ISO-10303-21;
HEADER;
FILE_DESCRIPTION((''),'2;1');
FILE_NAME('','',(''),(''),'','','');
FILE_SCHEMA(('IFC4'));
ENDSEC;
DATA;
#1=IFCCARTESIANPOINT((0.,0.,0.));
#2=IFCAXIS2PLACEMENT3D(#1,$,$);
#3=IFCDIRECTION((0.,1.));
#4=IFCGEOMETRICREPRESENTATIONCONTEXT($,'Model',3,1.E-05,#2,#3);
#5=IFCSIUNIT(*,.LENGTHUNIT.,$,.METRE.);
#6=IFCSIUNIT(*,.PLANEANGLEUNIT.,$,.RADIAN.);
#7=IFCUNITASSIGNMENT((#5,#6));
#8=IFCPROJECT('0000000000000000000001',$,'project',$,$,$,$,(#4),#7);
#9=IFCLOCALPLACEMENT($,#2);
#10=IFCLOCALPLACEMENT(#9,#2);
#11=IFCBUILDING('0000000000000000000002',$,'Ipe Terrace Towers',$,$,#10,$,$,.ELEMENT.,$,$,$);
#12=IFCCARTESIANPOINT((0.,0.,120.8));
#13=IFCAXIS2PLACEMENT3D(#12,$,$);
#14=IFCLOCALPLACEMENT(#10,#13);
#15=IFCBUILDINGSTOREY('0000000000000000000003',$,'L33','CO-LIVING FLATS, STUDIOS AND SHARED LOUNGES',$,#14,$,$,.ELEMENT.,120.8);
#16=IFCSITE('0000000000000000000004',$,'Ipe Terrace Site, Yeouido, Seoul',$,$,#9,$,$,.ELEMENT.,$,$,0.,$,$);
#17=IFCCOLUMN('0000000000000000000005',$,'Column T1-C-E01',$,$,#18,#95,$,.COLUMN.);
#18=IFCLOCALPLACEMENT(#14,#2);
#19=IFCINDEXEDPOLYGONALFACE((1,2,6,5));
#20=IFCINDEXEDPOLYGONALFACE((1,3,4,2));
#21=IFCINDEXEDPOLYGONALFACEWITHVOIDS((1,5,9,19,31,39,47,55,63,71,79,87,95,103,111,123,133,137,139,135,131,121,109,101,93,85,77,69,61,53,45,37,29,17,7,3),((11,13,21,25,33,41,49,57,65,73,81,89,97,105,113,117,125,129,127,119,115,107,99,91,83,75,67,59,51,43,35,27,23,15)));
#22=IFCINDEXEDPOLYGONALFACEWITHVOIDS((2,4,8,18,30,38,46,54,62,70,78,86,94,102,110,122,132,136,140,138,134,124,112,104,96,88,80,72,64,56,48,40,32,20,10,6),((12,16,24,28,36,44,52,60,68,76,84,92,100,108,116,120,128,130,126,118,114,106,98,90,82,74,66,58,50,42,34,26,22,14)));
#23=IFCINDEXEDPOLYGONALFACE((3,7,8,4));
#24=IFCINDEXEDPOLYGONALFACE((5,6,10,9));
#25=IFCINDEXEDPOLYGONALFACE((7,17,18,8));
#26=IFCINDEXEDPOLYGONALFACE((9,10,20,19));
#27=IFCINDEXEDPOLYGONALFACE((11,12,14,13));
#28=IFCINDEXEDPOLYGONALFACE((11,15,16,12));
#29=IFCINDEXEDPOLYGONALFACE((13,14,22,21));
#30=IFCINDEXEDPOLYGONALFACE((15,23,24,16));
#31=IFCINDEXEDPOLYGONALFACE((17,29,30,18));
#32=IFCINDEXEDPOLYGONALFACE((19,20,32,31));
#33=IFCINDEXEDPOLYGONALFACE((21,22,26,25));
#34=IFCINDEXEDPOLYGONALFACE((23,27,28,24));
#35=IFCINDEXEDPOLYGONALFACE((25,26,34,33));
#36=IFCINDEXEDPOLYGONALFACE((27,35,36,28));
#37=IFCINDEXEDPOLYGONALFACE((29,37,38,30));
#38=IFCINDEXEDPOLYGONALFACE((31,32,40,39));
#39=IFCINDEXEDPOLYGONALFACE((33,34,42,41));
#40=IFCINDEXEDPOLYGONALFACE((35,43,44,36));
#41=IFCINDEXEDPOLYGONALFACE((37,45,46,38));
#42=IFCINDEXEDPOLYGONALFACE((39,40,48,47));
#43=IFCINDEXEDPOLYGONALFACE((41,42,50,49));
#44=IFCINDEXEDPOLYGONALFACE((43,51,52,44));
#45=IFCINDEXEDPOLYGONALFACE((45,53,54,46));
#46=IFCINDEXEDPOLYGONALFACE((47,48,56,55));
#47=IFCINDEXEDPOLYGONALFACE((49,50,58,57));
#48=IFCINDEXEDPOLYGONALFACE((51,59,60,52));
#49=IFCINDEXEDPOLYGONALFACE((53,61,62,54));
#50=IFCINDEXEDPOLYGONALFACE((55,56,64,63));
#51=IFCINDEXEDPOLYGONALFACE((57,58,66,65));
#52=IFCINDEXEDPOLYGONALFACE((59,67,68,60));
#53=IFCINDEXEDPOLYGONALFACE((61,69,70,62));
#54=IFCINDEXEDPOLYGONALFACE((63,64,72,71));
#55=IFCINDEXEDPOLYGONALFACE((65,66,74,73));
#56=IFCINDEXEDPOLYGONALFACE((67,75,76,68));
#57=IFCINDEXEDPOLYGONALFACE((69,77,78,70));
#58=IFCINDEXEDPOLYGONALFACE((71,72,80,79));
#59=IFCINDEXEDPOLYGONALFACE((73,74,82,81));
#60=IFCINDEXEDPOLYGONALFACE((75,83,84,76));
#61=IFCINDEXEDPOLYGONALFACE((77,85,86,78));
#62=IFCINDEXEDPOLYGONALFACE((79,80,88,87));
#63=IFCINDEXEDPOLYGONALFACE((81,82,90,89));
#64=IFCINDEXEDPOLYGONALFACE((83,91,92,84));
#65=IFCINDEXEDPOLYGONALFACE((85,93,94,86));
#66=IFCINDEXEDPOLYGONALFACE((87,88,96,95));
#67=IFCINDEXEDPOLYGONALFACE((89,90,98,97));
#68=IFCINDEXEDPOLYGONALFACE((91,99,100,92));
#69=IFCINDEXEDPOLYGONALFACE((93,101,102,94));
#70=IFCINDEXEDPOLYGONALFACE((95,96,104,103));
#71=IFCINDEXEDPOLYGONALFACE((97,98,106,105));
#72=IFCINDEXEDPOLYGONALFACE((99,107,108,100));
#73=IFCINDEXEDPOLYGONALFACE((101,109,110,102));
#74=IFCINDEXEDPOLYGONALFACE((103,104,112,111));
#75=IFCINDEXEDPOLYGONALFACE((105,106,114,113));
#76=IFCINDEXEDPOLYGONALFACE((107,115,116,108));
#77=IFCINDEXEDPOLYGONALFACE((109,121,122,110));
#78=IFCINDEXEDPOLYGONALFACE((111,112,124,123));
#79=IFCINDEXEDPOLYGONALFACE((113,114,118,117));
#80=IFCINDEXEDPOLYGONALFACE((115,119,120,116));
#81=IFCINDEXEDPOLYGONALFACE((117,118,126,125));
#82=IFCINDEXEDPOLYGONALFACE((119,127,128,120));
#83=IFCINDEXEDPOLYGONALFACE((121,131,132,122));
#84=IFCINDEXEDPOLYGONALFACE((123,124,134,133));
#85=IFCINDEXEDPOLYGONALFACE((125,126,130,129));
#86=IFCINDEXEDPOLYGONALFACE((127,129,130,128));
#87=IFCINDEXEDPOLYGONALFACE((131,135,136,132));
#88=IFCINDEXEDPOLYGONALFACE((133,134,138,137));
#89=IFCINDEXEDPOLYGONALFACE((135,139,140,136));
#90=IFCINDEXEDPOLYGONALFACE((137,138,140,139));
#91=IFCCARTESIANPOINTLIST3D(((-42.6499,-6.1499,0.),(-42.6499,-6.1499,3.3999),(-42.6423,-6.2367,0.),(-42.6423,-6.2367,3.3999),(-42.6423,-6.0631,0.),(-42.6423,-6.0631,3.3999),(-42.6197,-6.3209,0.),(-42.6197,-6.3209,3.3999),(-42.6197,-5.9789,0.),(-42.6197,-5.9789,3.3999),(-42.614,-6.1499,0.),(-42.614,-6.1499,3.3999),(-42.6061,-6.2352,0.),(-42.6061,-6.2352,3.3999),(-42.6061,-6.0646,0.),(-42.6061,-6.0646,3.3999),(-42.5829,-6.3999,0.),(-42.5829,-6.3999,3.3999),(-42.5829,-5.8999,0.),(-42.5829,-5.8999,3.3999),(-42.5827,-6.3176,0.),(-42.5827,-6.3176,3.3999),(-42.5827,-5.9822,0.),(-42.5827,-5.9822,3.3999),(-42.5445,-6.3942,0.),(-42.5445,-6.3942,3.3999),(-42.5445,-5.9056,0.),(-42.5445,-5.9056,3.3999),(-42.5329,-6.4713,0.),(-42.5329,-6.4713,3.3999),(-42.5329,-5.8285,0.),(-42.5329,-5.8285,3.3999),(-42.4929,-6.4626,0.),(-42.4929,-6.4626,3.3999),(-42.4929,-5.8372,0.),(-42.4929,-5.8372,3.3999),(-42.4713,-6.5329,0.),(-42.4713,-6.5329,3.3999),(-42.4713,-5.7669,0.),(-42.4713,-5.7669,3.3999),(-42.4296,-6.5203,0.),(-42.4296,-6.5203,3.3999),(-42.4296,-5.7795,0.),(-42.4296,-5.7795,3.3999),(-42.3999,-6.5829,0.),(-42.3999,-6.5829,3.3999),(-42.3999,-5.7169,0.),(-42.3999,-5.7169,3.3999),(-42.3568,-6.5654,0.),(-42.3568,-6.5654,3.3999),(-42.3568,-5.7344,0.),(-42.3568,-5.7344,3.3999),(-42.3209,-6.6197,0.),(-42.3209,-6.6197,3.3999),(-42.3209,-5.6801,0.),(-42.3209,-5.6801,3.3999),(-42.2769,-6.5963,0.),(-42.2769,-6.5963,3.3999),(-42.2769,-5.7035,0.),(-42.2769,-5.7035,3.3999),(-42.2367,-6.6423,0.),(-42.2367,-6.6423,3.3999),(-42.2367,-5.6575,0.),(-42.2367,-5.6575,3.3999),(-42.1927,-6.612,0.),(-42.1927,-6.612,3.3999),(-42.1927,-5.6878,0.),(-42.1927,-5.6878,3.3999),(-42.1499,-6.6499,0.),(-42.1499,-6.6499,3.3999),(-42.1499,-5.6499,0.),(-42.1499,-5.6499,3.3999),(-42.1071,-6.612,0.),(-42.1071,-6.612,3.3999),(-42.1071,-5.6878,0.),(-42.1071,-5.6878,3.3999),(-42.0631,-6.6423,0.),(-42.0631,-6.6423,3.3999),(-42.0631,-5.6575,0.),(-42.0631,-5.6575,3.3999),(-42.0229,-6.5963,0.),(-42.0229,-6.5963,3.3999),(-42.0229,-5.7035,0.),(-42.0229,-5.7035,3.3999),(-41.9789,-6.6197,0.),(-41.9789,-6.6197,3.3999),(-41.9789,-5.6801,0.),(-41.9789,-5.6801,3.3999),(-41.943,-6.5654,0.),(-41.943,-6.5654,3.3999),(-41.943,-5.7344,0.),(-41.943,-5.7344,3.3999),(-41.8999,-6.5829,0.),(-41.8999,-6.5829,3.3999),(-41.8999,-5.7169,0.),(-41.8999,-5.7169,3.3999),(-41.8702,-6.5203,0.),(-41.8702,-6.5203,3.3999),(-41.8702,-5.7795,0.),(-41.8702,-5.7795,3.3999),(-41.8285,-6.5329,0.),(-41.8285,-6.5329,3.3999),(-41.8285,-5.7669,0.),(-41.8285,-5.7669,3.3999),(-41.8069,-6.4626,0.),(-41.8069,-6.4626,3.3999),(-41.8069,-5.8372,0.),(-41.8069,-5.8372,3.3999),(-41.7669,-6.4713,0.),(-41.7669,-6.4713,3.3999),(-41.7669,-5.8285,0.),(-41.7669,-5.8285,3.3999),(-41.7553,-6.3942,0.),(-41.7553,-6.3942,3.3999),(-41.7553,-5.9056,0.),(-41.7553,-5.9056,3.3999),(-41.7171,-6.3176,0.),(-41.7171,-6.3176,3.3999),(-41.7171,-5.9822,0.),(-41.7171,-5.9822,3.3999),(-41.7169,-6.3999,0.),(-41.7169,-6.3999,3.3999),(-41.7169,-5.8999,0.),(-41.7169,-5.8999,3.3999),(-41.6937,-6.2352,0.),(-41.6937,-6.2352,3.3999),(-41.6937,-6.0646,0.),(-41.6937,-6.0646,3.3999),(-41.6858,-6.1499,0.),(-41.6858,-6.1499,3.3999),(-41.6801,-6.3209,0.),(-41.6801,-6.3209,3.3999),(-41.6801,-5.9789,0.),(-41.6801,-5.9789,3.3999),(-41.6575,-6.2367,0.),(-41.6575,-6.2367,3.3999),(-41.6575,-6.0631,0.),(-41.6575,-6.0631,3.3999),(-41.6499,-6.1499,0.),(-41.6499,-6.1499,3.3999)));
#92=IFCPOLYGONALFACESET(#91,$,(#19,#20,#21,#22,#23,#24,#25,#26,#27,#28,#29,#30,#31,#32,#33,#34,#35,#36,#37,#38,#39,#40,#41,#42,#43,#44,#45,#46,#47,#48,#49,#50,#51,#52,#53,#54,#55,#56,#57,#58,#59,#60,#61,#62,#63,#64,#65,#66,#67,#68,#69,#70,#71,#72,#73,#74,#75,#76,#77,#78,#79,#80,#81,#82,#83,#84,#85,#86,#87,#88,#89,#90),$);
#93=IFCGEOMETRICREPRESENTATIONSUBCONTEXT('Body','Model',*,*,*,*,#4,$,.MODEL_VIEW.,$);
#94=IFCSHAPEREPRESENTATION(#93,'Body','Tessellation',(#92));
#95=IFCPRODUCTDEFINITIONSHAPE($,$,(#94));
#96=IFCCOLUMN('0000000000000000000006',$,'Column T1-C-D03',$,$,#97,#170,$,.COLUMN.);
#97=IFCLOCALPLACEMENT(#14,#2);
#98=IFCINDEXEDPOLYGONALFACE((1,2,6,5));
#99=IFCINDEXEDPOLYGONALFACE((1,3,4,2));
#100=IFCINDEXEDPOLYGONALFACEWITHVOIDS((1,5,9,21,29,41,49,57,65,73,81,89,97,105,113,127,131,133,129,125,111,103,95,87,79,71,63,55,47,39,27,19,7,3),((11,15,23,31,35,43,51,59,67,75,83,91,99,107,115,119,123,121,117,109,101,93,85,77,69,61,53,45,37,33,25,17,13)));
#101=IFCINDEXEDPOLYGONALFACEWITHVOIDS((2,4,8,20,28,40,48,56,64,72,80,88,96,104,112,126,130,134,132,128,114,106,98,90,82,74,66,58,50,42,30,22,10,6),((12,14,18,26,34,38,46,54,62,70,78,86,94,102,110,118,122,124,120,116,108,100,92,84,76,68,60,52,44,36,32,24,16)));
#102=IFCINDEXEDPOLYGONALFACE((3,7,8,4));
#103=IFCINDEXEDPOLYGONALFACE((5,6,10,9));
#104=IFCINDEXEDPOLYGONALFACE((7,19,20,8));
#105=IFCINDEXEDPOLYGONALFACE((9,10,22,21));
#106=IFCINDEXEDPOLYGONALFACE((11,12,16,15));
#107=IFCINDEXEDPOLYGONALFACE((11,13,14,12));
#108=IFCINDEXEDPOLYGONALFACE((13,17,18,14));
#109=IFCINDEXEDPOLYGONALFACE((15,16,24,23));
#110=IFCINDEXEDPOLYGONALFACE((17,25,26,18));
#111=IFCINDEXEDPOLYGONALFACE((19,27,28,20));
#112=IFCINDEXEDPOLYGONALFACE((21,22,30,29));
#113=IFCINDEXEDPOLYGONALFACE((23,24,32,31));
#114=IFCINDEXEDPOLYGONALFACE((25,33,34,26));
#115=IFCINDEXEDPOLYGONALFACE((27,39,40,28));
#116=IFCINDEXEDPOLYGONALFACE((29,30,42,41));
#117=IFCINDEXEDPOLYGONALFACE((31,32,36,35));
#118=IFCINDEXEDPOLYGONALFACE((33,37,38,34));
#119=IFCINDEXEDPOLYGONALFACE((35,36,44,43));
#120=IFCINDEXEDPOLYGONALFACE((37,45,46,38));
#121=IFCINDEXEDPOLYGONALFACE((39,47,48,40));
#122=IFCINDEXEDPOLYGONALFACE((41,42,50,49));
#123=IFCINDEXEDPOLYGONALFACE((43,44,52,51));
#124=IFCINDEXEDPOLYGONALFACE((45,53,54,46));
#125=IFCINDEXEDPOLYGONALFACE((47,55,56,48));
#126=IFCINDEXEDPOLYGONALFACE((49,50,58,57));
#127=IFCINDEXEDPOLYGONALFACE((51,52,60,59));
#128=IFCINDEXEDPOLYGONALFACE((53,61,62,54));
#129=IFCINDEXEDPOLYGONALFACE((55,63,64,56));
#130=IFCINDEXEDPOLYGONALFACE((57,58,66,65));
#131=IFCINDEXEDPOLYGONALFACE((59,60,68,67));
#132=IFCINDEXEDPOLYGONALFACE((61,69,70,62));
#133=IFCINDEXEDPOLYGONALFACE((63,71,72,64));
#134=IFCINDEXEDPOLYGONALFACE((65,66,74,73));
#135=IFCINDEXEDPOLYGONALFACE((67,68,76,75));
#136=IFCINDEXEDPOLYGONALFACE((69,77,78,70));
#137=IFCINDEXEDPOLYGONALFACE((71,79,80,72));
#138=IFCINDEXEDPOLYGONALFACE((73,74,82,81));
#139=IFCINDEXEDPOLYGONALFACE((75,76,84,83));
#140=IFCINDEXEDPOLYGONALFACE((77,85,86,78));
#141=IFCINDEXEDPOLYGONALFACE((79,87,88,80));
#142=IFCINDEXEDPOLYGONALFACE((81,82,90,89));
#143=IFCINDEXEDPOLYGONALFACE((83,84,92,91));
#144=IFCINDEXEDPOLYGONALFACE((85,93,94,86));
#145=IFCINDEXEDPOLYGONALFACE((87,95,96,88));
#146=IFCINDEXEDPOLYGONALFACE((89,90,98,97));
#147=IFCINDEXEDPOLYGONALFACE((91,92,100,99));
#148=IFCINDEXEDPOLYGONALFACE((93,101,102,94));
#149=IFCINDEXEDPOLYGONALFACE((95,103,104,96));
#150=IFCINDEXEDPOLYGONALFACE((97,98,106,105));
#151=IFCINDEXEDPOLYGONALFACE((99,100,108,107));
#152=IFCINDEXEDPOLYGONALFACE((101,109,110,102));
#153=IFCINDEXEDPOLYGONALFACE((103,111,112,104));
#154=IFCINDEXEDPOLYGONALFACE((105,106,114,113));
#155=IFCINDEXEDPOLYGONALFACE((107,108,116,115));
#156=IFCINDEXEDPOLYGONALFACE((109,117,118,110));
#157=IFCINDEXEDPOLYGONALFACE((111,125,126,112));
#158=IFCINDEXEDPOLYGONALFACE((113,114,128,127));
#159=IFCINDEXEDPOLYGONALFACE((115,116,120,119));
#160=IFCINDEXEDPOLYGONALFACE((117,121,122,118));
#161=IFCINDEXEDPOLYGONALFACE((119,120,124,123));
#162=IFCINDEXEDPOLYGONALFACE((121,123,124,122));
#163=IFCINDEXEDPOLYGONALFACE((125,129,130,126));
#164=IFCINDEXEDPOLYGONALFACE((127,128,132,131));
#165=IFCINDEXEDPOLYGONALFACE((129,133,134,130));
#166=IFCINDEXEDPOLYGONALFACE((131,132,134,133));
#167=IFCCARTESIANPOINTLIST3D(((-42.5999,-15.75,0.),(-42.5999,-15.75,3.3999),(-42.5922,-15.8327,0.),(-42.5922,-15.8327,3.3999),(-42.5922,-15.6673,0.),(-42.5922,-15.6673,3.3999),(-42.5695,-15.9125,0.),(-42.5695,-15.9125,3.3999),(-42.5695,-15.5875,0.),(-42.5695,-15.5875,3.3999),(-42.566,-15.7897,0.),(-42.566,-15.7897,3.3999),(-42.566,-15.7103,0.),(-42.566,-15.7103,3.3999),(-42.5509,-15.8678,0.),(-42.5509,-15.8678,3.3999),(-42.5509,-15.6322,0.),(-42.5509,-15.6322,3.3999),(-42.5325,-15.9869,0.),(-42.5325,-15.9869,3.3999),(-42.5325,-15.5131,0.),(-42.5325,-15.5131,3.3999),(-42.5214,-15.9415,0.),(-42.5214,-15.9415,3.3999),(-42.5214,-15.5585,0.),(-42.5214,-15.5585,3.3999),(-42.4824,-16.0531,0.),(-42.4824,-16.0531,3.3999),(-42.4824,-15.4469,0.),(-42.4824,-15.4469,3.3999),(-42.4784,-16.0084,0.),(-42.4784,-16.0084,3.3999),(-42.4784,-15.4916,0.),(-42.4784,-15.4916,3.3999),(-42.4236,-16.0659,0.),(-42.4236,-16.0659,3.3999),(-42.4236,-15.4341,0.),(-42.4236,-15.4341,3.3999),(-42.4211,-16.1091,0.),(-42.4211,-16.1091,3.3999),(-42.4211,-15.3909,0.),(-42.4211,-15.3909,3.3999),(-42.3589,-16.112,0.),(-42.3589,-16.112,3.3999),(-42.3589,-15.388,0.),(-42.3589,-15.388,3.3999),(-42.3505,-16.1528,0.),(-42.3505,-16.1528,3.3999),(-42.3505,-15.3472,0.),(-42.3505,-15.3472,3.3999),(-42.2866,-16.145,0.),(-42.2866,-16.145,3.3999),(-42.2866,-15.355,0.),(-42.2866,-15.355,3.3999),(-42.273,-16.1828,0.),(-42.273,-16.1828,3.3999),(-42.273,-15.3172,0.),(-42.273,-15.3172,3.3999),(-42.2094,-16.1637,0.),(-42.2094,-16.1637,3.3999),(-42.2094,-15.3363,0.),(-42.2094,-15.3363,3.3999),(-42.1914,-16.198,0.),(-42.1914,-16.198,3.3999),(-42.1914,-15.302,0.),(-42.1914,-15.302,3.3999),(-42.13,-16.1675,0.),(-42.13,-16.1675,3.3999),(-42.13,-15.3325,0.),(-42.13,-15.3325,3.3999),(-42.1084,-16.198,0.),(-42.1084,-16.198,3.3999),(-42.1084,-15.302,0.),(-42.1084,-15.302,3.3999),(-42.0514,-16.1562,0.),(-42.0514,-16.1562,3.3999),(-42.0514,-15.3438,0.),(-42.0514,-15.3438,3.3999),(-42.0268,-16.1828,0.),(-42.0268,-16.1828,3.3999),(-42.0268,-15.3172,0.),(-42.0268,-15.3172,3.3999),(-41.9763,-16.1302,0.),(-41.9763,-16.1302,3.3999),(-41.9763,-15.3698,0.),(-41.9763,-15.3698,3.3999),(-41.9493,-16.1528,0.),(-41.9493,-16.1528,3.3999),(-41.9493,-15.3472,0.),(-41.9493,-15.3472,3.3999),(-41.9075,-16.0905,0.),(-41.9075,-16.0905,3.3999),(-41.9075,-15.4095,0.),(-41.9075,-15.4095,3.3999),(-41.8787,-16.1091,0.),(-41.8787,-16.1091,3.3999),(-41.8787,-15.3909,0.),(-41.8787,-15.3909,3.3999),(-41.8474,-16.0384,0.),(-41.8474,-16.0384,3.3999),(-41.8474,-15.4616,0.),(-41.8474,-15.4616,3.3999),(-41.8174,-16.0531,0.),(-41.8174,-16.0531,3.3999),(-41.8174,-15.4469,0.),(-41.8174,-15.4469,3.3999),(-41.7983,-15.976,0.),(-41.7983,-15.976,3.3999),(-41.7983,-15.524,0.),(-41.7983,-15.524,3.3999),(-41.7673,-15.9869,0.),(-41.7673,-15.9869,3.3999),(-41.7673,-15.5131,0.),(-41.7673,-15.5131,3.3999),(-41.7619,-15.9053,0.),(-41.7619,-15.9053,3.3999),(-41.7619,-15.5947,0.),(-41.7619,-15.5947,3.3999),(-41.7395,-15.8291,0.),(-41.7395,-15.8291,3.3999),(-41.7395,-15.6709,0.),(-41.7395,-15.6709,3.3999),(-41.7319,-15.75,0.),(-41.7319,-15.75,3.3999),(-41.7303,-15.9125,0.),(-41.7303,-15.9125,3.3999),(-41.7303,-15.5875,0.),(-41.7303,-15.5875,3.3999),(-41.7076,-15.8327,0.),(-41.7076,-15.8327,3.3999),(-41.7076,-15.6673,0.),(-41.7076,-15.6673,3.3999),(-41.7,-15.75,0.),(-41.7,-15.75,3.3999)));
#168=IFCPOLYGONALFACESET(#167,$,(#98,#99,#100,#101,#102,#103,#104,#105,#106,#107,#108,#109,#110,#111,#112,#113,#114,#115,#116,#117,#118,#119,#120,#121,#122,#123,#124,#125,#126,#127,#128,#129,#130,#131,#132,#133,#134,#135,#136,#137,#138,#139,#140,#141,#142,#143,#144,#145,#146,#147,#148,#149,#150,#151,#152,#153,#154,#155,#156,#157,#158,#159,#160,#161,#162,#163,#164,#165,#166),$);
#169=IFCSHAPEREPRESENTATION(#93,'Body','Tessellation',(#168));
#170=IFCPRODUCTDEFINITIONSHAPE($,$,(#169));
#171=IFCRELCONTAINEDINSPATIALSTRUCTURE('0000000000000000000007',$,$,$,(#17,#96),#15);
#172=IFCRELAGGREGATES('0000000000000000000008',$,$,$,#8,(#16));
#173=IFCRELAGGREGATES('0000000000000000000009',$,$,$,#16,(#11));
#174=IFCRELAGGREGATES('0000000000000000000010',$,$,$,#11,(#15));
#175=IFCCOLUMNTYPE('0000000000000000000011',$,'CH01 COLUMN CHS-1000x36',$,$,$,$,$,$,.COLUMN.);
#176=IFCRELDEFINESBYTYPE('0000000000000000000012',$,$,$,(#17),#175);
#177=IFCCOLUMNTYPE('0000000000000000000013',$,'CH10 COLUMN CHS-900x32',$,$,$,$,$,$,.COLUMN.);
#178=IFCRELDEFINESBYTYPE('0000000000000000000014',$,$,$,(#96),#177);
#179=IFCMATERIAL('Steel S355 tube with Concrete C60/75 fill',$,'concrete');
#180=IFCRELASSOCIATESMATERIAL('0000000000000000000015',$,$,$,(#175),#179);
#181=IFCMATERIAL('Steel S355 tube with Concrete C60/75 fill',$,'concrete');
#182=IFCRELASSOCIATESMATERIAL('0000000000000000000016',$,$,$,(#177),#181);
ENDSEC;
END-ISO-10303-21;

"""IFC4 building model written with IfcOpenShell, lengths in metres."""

from ifc_helpers import new_model, si_unit, direction, frame, origin, origin_2d, place, context, subcontext, project, spatial, hollow_circle, extrude, material, material_profile, profile_set, type_object, element, save


model = new_model("IFC4")

# Units and contexts
model_context = context("Model", 3, precision=1e-05, world=origin(), true_north=direction((0.0, 1.0)))
body_context = subcontext(model_context, "Body", "Model", "MODEL_VIEW")
ifc_project = project(units=[si_unit("LENGTHUNIT", "METRE"), si_unit("PLANEANGLEUNIT", "RADIAN")], contexts=[model_context])

# Site, building, storey
site_placement = place(None, origin())
site = spatial("IfcSite", under=ifc_project, at=site_placement, Name="Ipe Terrace Site, Yeouido, Seoul", CompositionType="ELEMENT", RefElevation=0.0)
building_placement = place(site_placement, origin())
building = spatial("IfcBuilding", under=site, at=building_placement, Name="Ipe Terrace Towers", CompositionType="ELEMENT")
storey_placement = place(building_placement, frame((0.0, 0.0, 120.8)))
storey = spatial("IfcBuildingStorey", under=building, at=storey_placement, Name="L33", Description="CO-LIVING FLATS, STUDIOS AND SHARED LOUNGES", CompositionType="ELEMENT", Elevation=120.8)

# Columns
ifc_material_1 = material(Name="Steel S355 tube with Concrete C60/75 fill", Category="concrete")
ifc_material_profile_1 = material_profile(ifc_material_1, hollow_circle(Radius=0.5, WallThickness=0.0359, at=origin_2d()), Name="CHS-1000x36")
ifc_profile_set_1 = profile_set([ifc_material_profile_1], Name="Steel S355 tube with Concrete C60/75 fill")
column_type_1 = type_object("IfcColumnType", Name="CH01 COLUMN CHS-1000x36", PredefinedType="COLUMN", material=ifc_profile_set_1)
column_placement = place(storey_placement, frame((-42.1499, -6.1499, 0.0), z_axis=(0.0, 0.0, 1.0), x_axis=(1.0, 0.0, 0.0)))
element("IfcColumn", 1, at=column_placement, inside=storey, type_object=column_type_1, Name="Column T1-C-E01", PredefinedType="COLUMN", context=body_context, shape_type="SweptSolid", body=[
    extrude(hollow_circle(Radius=0.5, WallThickness=0.0359, at=origin_2d()), origin(), (0.0, 0.0, 1.0), 3.3999),
])
ifc_material_2 = material(Name="Steel S355 tube with Concrete C60/75 fill", Category="concrete")
ifc_material_profile_2 = material_profile(ifc_material_2, hollow_circle(Radius=0.45, WallThickness=0.032, at=origin_2d()), Name="CHS-900x32")
ifc_profile_set_2 = profile_set([ifc_material_profile_2], Name="Steel S355 tube with Concrete C60/75 fill")
column_type_2 = type_object("IfcColumnType", Name="CH10 COLUMN CHS-900x32", PredefinedType="COLUMN", material=ifc_profile_set_2)
for number, where, z_axis, x_axis, name in (
    (2, (-42.1499, -15.75, 0.0), (0.0, 0.0, 1.0), (1.0, 0.0, 0.0), "Column T1-C-D03"),
):
    element("IfcColumn", number, at=place(storey_placement, frame(where, z_axis=z_axis, x_axis=x_axis)), inside=storey, type_object=column_type_2, Name=name, PredefinedType="COLUMN", context=body_context, shape_type="SweptSolid", body=[
        extrude(hollow_circle(Radius=0.45, WallThickness=0.032, at=origin_2d()), origin(), (0.0, 0.0, 1.0), 3.3999),
    ])

save(model, "model.ifc")
